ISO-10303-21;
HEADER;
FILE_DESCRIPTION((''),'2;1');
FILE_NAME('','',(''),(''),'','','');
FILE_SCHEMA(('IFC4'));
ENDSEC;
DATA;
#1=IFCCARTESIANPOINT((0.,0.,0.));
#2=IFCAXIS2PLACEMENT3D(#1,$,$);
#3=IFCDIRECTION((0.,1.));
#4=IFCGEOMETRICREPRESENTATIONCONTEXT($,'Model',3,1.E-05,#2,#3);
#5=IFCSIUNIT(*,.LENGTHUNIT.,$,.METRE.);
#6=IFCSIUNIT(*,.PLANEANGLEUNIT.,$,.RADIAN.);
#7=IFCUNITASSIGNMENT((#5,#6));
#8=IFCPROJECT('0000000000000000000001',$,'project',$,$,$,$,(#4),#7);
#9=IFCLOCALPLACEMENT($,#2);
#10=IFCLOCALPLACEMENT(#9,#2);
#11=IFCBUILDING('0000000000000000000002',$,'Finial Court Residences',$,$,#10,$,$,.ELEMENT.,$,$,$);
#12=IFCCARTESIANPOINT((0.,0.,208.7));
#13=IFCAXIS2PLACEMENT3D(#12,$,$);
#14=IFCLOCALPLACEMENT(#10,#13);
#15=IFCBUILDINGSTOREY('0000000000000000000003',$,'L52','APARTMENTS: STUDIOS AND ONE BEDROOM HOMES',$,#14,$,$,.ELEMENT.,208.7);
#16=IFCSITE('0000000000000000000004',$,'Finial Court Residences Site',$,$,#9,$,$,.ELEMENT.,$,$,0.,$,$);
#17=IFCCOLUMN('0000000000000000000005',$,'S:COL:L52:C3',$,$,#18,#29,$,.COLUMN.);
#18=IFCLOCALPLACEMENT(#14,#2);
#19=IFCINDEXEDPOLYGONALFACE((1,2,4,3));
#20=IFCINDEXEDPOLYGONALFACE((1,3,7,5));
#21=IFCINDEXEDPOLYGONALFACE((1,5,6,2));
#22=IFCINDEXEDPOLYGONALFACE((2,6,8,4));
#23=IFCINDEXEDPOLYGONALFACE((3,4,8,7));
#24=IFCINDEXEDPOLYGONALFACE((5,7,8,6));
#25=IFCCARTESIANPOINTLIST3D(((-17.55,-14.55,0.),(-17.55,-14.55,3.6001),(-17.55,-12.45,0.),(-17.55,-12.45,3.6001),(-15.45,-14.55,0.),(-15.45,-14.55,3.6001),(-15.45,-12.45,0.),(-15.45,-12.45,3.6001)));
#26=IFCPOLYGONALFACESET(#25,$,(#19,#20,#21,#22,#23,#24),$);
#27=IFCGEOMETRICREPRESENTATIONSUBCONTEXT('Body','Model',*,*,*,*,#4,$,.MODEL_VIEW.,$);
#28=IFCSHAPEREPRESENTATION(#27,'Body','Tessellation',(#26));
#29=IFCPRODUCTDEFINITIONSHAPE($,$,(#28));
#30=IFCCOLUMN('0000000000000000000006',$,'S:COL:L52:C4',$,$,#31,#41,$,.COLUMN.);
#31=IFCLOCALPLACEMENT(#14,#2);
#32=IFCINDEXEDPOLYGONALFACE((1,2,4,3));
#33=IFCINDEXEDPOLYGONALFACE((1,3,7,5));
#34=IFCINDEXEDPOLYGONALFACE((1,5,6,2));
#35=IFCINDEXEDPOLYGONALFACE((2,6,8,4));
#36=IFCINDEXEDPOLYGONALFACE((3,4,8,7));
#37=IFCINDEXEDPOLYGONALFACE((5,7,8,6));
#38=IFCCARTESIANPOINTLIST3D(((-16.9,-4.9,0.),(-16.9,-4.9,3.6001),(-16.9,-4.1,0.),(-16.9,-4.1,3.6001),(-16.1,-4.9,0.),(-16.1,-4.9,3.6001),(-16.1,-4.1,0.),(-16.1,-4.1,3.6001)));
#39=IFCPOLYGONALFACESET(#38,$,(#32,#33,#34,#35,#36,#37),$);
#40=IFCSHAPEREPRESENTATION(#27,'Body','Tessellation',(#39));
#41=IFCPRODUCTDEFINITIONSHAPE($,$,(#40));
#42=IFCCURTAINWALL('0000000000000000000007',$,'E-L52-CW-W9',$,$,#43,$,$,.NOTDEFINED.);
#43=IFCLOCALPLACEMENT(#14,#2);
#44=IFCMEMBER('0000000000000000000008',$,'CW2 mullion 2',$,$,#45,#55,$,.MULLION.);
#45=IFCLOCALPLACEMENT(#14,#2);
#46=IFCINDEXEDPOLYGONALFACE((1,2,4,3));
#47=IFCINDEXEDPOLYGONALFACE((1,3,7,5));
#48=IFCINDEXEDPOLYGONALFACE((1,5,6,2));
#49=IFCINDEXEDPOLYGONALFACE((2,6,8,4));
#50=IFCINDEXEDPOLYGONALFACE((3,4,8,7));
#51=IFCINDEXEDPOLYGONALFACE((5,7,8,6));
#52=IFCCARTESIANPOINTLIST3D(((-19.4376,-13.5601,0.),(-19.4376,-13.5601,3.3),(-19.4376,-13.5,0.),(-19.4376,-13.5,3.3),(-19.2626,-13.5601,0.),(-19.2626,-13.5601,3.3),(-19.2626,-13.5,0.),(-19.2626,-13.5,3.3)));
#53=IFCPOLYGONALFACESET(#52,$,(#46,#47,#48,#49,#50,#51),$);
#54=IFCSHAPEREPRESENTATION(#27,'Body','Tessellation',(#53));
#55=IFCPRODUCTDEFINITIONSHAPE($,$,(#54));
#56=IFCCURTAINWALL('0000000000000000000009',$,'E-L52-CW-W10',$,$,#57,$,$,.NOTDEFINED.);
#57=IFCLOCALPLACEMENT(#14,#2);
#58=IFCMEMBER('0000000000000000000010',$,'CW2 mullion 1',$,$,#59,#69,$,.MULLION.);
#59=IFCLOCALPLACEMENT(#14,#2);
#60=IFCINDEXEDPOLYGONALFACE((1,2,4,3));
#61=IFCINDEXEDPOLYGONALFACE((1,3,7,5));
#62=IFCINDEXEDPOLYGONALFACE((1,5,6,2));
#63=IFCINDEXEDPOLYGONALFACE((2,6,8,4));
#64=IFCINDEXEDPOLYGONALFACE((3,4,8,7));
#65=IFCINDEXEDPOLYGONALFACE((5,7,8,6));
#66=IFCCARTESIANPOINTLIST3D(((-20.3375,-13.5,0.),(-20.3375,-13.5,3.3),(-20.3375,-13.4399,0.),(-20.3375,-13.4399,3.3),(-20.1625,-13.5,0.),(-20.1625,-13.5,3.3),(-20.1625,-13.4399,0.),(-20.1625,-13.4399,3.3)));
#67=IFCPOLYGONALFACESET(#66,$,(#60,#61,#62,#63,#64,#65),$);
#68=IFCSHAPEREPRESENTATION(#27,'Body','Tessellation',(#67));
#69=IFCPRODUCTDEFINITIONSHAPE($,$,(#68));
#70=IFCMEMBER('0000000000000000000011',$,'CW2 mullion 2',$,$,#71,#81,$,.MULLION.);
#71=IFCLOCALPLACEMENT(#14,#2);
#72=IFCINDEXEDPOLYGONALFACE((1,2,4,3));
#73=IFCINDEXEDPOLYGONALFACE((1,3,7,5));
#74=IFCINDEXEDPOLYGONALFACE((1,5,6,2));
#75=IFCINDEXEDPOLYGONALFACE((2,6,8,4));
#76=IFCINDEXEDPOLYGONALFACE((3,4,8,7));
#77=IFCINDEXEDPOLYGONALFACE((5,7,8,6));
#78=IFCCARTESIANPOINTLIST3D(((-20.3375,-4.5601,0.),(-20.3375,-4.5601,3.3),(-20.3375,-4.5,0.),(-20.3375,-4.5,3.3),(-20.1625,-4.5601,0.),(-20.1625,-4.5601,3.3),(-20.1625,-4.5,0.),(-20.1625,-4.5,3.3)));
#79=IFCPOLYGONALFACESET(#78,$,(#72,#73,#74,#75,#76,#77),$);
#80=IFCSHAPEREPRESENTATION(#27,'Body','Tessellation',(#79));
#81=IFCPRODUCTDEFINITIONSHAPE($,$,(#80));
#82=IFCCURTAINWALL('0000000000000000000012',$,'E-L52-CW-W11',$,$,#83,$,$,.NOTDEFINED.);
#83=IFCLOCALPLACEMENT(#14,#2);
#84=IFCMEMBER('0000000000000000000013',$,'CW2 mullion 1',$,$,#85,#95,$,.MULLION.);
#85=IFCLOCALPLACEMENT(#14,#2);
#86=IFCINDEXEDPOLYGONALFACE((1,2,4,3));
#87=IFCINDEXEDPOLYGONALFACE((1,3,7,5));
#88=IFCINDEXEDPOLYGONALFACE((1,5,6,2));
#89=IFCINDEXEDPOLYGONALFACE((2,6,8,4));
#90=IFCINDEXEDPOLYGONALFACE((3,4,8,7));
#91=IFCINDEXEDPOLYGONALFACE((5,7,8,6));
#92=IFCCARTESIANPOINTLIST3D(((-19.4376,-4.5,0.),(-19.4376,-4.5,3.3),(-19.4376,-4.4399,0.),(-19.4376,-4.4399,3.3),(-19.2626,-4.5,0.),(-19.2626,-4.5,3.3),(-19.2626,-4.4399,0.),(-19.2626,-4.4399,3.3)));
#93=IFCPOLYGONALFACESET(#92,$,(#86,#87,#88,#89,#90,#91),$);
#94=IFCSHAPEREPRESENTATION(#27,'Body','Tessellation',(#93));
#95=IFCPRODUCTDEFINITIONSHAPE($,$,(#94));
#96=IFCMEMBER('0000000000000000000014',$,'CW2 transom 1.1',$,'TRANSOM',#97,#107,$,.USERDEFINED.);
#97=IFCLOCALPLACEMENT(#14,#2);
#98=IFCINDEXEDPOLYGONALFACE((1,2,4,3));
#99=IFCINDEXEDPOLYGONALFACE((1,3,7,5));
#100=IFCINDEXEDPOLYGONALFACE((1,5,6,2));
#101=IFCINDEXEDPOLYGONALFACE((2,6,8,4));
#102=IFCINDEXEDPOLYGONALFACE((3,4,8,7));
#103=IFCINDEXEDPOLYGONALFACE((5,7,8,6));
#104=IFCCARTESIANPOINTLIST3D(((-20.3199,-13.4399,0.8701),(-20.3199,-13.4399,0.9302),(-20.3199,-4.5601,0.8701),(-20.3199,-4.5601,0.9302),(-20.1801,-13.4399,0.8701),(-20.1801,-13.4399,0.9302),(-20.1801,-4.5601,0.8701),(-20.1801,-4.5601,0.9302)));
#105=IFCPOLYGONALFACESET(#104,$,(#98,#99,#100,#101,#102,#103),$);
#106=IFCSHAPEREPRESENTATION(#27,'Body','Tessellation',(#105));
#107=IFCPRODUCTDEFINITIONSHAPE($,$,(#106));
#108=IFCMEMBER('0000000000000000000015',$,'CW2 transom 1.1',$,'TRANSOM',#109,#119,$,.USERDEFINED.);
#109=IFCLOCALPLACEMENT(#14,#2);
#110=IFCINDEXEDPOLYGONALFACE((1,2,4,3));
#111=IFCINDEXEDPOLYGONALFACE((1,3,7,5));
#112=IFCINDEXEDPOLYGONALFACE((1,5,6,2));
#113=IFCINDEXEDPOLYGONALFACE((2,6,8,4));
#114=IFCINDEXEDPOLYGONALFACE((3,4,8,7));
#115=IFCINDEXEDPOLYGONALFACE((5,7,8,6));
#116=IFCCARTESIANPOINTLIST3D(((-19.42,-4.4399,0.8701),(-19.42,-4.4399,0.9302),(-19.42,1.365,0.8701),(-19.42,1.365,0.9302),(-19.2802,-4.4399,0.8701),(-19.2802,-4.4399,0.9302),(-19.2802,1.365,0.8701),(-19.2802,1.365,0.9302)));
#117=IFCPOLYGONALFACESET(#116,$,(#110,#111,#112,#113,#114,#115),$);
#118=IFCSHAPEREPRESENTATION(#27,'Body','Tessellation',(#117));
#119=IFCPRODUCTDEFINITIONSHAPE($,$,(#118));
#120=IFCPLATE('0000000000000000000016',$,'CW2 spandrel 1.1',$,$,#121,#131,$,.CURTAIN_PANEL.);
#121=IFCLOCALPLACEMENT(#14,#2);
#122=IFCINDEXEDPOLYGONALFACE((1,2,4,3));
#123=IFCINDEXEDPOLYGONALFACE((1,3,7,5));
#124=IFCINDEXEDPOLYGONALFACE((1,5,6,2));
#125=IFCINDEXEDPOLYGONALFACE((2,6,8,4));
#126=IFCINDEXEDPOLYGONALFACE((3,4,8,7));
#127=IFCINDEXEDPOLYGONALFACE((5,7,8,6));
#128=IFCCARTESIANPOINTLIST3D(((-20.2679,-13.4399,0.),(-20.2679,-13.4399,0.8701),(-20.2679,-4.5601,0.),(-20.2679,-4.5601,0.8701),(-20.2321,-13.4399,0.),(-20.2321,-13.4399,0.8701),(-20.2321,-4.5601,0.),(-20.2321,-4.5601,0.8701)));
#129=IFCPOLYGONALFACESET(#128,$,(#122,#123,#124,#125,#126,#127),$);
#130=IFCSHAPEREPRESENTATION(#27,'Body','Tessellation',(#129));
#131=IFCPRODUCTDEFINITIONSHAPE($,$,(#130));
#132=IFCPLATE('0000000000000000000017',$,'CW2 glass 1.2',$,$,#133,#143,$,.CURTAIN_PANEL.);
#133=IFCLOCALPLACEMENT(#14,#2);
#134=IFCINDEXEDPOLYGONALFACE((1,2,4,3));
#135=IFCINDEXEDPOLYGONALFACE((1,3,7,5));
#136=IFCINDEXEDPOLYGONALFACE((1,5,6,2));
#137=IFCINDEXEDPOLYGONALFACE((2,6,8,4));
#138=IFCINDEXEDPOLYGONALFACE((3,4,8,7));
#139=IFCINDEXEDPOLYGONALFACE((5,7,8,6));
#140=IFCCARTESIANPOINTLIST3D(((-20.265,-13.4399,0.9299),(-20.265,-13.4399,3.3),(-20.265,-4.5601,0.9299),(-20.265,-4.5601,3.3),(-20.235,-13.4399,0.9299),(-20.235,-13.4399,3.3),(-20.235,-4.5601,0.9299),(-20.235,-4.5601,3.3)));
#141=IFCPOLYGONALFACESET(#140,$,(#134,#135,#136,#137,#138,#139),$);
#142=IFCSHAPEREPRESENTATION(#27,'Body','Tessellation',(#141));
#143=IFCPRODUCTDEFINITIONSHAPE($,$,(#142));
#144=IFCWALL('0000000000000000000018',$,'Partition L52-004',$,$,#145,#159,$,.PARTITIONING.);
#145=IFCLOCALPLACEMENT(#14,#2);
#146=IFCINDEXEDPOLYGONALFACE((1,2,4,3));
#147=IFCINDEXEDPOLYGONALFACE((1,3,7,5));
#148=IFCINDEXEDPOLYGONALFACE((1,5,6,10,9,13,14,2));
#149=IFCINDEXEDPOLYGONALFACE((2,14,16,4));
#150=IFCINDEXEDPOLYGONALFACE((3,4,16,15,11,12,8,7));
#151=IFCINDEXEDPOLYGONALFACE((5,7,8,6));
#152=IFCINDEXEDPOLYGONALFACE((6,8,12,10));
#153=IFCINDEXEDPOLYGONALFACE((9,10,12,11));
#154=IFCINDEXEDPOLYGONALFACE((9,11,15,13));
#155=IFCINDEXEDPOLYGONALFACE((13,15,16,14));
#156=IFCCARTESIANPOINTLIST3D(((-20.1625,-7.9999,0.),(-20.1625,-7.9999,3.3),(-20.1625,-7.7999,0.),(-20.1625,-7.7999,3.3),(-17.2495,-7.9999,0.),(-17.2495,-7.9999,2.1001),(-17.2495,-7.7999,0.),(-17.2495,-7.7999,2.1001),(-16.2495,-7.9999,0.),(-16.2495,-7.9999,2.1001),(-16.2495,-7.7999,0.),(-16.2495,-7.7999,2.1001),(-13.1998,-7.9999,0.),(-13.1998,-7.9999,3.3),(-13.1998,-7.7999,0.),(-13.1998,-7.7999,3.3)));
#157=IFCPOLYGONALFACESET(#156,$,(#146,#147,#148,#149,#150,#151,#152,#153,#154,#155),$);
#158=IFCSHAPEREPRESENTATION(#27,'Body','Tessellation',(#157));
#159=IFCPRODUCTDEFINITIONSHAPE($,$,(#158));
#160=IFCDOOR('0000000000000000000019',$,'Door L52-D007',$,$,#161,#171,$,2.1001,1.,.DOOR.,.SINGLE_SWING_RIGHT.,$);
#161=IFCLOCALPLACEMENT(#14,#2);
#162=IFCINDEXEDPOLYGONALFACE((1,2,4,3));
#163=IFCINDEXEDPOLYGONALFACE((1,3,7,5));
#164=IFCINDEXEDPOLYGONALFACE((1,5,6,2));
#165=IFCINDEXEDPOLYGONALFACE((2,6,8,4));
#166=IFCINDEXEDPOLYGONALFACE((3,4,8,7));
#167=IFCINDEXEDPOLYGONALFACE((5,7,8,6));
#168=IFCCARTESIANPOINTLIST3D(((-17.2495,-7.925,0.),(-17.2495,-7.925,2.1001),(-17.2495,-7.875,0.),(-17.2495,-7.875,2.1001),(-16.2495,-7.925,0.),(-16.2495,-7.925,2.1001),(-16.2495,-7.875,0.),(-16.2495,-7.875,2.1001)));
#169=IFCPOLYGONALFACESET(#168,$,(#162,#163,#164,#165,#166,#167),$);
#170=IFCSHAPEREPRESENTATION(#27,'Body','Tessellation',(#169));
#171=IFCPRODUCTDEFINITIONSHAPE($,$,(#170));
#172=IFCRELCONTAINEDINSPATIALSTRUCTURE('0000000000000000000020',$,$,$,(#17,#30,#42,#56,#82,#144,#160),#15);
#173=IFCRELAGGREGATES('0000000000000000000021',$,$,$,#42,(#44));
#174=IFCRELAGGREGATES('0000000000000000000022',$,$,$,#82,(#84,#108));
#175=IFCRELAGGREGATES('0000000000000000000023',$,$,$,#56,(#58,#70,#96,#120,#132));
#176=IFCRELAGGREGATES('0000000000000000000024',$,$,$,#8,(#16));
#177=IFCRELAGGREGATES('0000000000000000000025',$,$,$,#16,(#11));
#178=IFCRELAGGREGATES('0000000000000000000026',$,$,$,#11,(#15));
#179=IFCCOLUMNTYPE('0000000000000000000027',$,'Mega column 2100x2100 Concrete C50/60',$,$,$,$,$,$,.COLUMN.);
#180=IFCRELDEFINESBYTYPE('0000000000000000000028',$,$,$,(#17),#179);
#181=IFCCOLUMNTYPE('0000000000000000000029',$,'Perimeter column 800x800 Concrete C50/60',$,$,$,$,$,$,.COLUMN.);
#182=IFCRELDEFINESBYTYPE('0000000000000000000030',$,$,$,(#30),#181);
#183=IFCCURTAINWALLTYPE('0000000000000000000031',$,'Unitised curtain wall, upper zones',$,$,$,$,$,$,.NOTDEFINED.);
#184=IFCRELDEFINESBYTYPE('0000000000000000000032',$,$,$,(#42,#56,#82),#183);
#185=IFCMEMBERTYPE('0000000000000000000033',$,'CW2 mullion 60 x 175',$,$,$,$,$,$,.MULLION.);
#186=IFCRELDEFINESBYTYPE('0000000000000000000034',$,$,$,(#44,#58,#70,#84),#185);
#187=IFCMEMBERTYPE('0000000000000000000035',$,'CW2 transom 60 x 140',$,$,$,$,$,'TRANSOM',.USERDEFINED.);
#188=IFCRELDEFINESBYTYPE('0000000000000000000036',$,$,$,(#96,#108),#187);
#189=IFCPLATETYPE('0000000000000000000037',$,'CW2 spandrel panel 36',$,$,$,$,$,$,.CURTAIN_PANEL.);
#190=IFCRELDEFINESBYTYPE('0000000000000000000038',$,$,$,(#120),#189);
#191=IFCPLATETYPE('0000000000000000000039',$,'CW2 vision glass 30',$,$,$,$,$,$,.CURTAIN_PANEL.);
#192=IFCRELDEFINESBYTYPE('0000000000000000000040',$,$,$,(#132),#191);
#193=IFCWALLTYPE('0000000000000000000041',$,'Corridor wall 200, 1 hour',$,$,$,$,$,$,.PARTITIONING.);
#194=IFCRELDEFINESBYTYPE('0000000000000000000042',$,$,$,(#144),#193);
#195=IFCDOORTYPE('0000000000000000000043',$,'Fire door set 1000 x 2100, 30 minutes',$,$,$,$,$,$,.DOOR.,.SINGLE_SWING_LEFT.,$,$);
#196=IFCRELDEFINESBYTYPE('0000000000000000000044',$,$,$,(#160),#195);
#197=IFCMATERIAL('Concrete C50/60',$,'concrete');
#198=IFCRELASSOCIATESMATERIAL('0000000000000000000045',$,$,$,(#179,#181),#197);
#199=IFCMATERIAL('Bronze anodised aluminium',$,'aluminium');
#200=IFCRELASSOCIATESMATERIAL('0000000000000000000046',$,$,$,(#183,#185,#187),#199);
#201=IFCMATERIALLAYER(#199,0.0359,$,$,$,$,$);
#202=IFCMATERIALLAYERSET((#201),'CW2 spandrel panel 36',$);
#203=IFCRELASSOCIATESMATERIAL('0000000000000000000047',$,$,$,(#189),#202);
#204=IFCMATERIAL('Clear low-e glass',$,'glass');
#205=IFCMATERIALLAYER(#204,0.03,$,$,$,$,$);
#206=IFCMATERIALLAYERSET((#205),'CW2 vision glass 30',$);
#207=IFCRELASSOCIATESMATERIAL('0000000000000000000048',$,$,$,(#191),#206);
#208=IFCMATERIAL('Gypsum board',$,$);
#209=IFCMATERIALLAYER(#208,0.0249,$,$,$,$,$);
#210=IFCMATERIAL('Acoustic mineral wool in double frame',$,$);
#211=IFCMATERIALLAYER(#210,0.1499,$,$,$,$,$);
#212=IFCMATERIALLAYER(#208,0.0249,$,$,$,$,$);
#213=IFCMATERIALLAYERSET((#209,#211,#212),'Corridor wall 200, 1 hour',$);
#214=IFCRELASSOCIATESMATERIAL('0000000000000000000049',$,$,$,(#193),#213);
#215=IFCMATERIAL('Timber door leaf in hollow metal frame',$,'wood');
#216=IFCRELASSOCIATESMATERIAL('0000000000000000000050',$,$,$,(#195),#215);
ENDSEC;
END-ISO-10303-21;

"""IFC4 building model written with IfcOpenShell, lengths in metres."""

from ifc_helpers import new_model, si_unit, direction, frame, frame_2d, origin, origin_2d, place, context, subcontext, project, spatial, rectangle, extrude, material, layer, layer_set, material_profile, profile_set, type_object, element, fill, aggregate, save


model = new_model("IFC4")

# Units and contexts
model_context = context("Model", 3, precision=1e-05, world=origin(), true_north=direction((0.0, 1.0)))
body_context = subcontext(model_context, "Body", "Model", "MODEL_VIEW")
ifc_project = project(units=[si_unit("LENGTHUNIT", "METRE"), si_unit("PLANEANGLEUNIT", "RADIAN")], contexts=[model_context])

# Site, building, storey
site_placement = place(None, origin())
site = spatial("IfcSite", under=ifc_project, at=site_placement, Name="Finial Court Residences Site", CompositionType="ELEMENT", RefElevation=0.0)
building_placement = place(site_placement, origin())
building = spatial("IfcBuilding", under=site, at=building_placement, Name="Finial Court Residences", CompositionType="ELEMENT")
storey_placement = place(building_placement, frame((0.0, 0.0, 208.7)))
storey = spatial("IfcBuildingStorey", under=building, at=storey_placement, Name="L52", Description="APARTMENTS: STUDIOS AND ONE BEDROOM HOMES", CompositionType="ELEMENT", Elevation=208.7)

# Columns
ifc_material_1 = material(Name="Concrete C50/60", Category="concrete")
ifc_material_profile_1 = material_profile(ifc_material_1, rectangle(XDim=2.1001, YDim=2.1001, at=origin_2d()), Name="2100x2100")
ifc_profile_set_1 = profile_set([ifc_material_profile_1], Name="Concrete C50/60")
column_type_1 = type_object("IfcColumnType", Name="Mega column 2100x2100 Concrete C50/60", PredefinedType="COLUMN", material=ifc_profile_set_1)
column_1_placement = place(storey_placement, frame((-16.5, -13.5, 0.0), z_axis=(0.0, 0.0, 1.0), x_axis=(1.0, 0.0, 0.0)))
element("IfcColumn", 1, at=column_1_placement, inside=storey, type_object=column_type_1, Name="S:COL:L52:C3", PredefinedType="COLUMN", context=body_context, shape_type="SweptSolid", body=[
    extrude(rectangle(XDim=2.1001, YDim=2.1001, at=origin_2d()), origin(), (0.0, 0.0, 1.0), 3.6001),
])
ifc_material_profile_2 = material_profile(ifc_material_1, rectangle(XDim=0.8, YDim=0.8, at=origin_2d()), Name="800x800")
ifc_profile_set_2 = profile_set([ifc_material_profile_2], Name="Concrete C50/60")
column_type_2 = type_object("IfcColumnType", Name="Perimeter column 800x800 Concrete C50/60", PredefinedType="COLUMN", material=ifc_profile_set_2)
column_2_placement = place(storey_placement, frame((-16.5, -4.5, 0.0), z_axis=(0.0, 0.0, 1.0), x_axis=(1.0, 0.0, 0.0)))
element("IfcColumn", 2, at=column_2_placement, inside=storey, type_object=column_type_2, Name="S:COL:L52:C4", PredefinedType="COLUMN", context=body_context, shape_type="SweptSolid", body=[
    extrude(rectangle(XDim=0.8, YDim=0.8, at=origin_2d()), origin(), (0.0, 0.0, 1.0), 3.6001),
])

# Curtain wall, member
ifc_material_2 = material(Name="Bronze anodised aluminium", Category="aluminium")
curtain_wall_type = type_object("IfcCurtainWallType", Name="Unitised curtain wall, upper zones", PredefinedType="NOTDEFINED", material=ifc_material_2)
curtain_wall_1_placement = place(storey_placement, origin())
curtain_wall_1 = element("IfcCurtainWall", 3, at=curtain_wall_1_placement, inside=storey, type_object=curtain_wall_type, Name="E-L52-CW-W9", PredefinedType="NOTDEFINED")
ifc_material_profile_3 = material_profile(ifc_material_2, rectangle(XDim=0.175, YDim=0.0601, at=origin_2d()), Name="CW2 mullion 60 x 175")
ifc_profile_set_3 = profile_set([ifc_material_profile_3], Name="Bronze anodised aluminium")
member_type_1 = type_object("IfcMemberType", Name="CW2 mullion 60 x 175", PredefinedType="MULLION", material=ifc_profile_set_3)
member_1_placement = place(storey_placement, frame((-19.3501, -13.53, 0.0), z_axis=(0.0, 0.0, 1.0), x_axis=(-1.0, 0.0, 0.0)))
member_1 = element("IfcMember", 4, at=member_1_placement, type_object=member_type_1, Name="CW2 mullion 2", PredefinedType="MULLION", context=body_context, shape_type="SweptSolid", body=[
    extrude(rectangle(XDim=0.175, YDim=0.0601, at=origin_2d()), origin(), (0.0, 0.0, 1.0), 3.3),
])
aggregate(curtain_wall_1, [member_1])

# Curtain wall, members
curtain_wall_2_placement = place(storey_placement, origin())
curtain_wall_2 = element("IfcCurtainWall", 5, at=curtain_wall_2_placement, inside=storey, type_object=curtain_wall_type, Name="E-L52-CW-W10", PredefinedType="NOTDEFINED")
member_2_placement = place(storey_placement, frame((-20.25, -13.47, 0.0), z_axis=(0.0, 0.0, 1.0), x_axis=(-1.0, 0.0, 0.0)))
member_2 = element("IfcMember", 6, at=member_2_placement, type_object=member_type_1, Name="CW2 mullion 1", PredefinedType="MULLION", context=body_context, shape_type="SweptSolid", body=[
    extrude(rectangle(XDim=0.175, YDim=0.0601, at=origin_2d()), origin(), (0.0, 0.0, 1.0), 3.3),
])
member_3_placement = place(storey_placement, frame((-20.25, -4.53, 0.0), z_axis=(0.0, 0.0, 1.0), x_axis=(-1.0, 0.0, 0.0)))
member_3 = element("IfcMember", 7, at=member_3_placement, type_object=member_type_1, Name="CW2 mullion 2", PredefinedType="MULLION", context=body_context, shape_type="SweptSolid", body=[
    extrude(rectangle(XDim=0.175, YDim=0.0601, at=origin_2d()), origin(), (0.0, 0.0, 1.0), 3.3),
])

# Curtain wall, member
curtain_wall_3_placement = place(storey_placement, origin())
curtain_wall_3 = element("IfcCurtainWall", 8, at=curtain_wall_3_placement, inside=storey, type_object=curtain_wall_type, Name="E-L52-CW-W11", PredefinedType="NOTDEFINED")
member_4_placement = place(storey_placement, frame((-19.3501, -4.47, 0.0), z_axis=(0.0, 0.0, 1.0), x_axis=(-1.0, 0.0, 0.0)))
member_4 = element("IfcMember", 9, at=member_4_placement, type_object=member_type_1, Name="CW2 mullion 1", PredefinedType="MULLION", context=body_context, shape_type="SweptSolid", body=[
    extrude(rectangle(XDim=0.175, YDim=0.0601, at=origin_2d()), origin(), (0.0, 0.0, 1.0), 3.3),
])

# Members
ifc_material_profile_4 = material_profile(ifc_material_2, rectangle(XDim=0.1399, YDim=0.0601, at=origin_2d()), Name="CW2 transom 60 x 140")
ifc_profile_set_4 = profile_set([ifc_material_profile_4], Name="Bronze anodised aluminium")
member_type_2 = type_object("IfcMemberType", Name="CW2 transom 60 x 140", ElementType="TRANSOM", PredefinedType="USERDEFINED", material=ifc_profile_set_4)
member_5_placement = place(storey_placement, frame((-20.25, -13.4399, 0.9001), z_axis=(0.0, 1.0, 0.0), x_axis=(-1.0, 0.0, 0.0)))
member_5 = element("IfcMember", 10, at=member_5_placement, type_object=member_type_2, Name="CW2 transom 1.1", ObjectType="TRANSOM", PredefinedType="USERDEFINED", context=body_context, shape_type="SweptSolid", body=[
    extrude(rectangle(XDim=0.1399, YDim=0.0601, at=origin_2d()), origin(), (0.0, 0.0, 1.0), 8.8799),
])
member_6_placement = place(storey_placement, frame((-19.3501, -4.4399, 0.9001), z_axis=(0.0, 1.0, 0.0), x_axis=(-1.0, 0.0, 0.0)))
member_6 = element("IfcMember", 11, at=member_6_placement, type_object=member_type_2, Name="CW2 transom 1.1", ObjectType="TRANSOM", PredefinedType="USERDEFINED", context=body_context, shape_type="SweptSolid", body=[
    extrude(rectangle(XDim=0.1399, YDim=0.0601, at=origin_2d()), origin(), (0.0, 0.0, 1.0), 5.8049),
])
aggregate(curtain_wall_3, [member_4, member_6])

# Plates
ifc_layer_1 = layer(ifc_material_2, 0.0359)
ifc_layer_set_1 = layer_set([ifc_layer_1], Name="CW2 spandrel panel 36")
plate_type_1 = type_object("IfcPlateType", Name="CW2 spandrel panel 36", PredefinedType="CURTAIN_PANEL", material=ifc_layer_set_1)
plate_1_placement = place(storey_placement, frame((-20.25, -9.0, 0.0), z_axis=(0.0, 0.0, 1.0), x_axis=(0.0, 1.0, 0.0)))
plate_1 = element("IfcPlate", 12, at=plate_1_placement, type_object=plate_type_1, Name="CW2 spandrel 1.1", PredefinedType="CURTAIN_PANEL", context=body_context, shape_type="SweptSolid", body=[
    extrude(rectangle(XDim=8.8799, YDim=0.0359, at=origin_2d()), origin(), (0.0, 0.0, 1.0), 0.8701),
])
ifc_material_3 = material(Name="Clear low-e glass", Category="glass")
ifc_layer_2 = layer(ifc_material_3, 0.03)
ifc_layer_set_2 = layer_set([ifc_layer_2], Name="CW2 vision glass 30")
plate_type_2 = type_object("IfcPlateType", Name="CW2 vision glass 30", PredefinedType="CURTAIN_PANEL", material=ifc_layer_set_2)
plate_2_placement = place(storey_placement, frame((-20.25, -9.0, 0.9299), z_axis=(0.0, 0.0, 1.0), x_axis=(0.0, 1.0, 0.0)))
plate_2 = element("IfcPlate", 13, at=plate_2_placement, type_object=plate_type_2, Name="CW2 glass 1.2", PredefinedType="CURTAIN_PANEL", context=body_context, shape_type="SweptSolid", body=[
    extrude(rectangle(XDim=8.8799, YDim=0.03, at=origin_2d()), origin(), (0.0, 0.0, 1.0), 2.3701),
])
aggregate(curtain_wall_2, [member_2, member_3, member_5, plate_1, plate_2])

# Wall, opening, door
ifc_material_4 = material(Name="Gypsum board")
ifc_layer_3 = layer(ifc_material_4, 0.0249)
ifc_material_5 = material(Name="Acoustic mineral wool in double frame")
ifc_layer_4 = layer(ifc_material_5, 0.1499)
ifc_layer_5 = layer(ifc_material_4, 0.0249)
ifc_layer_set_3 = layer_set([ifc_layer_3, ifc_layer_4, ifc_layer_5], Name="Corridor wall 200, 1 hour")
wall_type_1 = type_object("IfcWallType", Name="Corridor wall 200, 1 hour", PredefinedType="PARTITIONING", material=ifc_layer_set_3)
wall_1_placement = place(storey_placement, frame((-20.1626, -7.8999, 0.0), z_axis=(0.0, 0.0, 1.0), x_axis=(1.0, 0.0, 0.0)))
wall_1 = element("IfcWall", 14, at=wall_1_placement, inside=storey, type_object=wall_type_1, Name="Partition L52-004", PredefinedType="PARTITIONING", context=body_context, shape_type="SweptSolid", body=[
    extrude(rectangle(XDim=6.9626, YDim=0.2, at=frame_2d((3.4814, 0.0))), origin(), (0.0, 0.0, 1.0), 3.3),
])
opening_1_placement = place(wall_1_placement, frame((2.9131, 0.0, 0.0)))
opening_1 = element("IfcOpeningElement", 15, at=opening_1_placement, cuts=wall_1, PredefinedType="OPENING", context=body_context, shape_type="SweptSolid", body=[
    extrude(rectangle(XDim=1.0, YDim=2.1001, at=frame_2d((0.5, 1.05))), frame((0.0, 0.1099, 0.0), z_axis=(0.0, -1.0, 0.0), x_axis=(1.0, 0.0, 0.0)), (0.0, 0.0, 1.0), 0.22),
])
ifc_material_6 = material(Name="Timber door leaf in hollow metal frame", Category="wood")
door_type_1 = type_object("IfcDoorType", Name="Fire door set 1000 x 2100, 30 minutes", OperationType="SINGLE_SWING_LEFT", PredefinedType="DOOR", material=ifc_material_6)
door_1_placement = place(opening_1_placement, origin())
door_1 = element("IfcDoor", 16, at=door_1_placement, inside=storey, type_object=door_type_1, Name="Door L52-D007", OperationType="SINGLE_SWING_RIGHT", OverallHeight=2.1001, OverallWidth=1.0, PredefinedType="DOOR", context=body_context, shape_type="SweptSolid", body=[
    extrude(rectangle(XDim=1.0, YDim=2.1001, at=frame_2d((0.5, 1.05))), frame((0.0, 0.0249, 0.0), z_axis=(0.0, -1.0, 0.0), x_axis=(1.0, 0.0, 0.0)), (0.0, 0.0, 1.0), 0.05),
])
fill(opening_1, door_1)

save(model, "model.ifc")
